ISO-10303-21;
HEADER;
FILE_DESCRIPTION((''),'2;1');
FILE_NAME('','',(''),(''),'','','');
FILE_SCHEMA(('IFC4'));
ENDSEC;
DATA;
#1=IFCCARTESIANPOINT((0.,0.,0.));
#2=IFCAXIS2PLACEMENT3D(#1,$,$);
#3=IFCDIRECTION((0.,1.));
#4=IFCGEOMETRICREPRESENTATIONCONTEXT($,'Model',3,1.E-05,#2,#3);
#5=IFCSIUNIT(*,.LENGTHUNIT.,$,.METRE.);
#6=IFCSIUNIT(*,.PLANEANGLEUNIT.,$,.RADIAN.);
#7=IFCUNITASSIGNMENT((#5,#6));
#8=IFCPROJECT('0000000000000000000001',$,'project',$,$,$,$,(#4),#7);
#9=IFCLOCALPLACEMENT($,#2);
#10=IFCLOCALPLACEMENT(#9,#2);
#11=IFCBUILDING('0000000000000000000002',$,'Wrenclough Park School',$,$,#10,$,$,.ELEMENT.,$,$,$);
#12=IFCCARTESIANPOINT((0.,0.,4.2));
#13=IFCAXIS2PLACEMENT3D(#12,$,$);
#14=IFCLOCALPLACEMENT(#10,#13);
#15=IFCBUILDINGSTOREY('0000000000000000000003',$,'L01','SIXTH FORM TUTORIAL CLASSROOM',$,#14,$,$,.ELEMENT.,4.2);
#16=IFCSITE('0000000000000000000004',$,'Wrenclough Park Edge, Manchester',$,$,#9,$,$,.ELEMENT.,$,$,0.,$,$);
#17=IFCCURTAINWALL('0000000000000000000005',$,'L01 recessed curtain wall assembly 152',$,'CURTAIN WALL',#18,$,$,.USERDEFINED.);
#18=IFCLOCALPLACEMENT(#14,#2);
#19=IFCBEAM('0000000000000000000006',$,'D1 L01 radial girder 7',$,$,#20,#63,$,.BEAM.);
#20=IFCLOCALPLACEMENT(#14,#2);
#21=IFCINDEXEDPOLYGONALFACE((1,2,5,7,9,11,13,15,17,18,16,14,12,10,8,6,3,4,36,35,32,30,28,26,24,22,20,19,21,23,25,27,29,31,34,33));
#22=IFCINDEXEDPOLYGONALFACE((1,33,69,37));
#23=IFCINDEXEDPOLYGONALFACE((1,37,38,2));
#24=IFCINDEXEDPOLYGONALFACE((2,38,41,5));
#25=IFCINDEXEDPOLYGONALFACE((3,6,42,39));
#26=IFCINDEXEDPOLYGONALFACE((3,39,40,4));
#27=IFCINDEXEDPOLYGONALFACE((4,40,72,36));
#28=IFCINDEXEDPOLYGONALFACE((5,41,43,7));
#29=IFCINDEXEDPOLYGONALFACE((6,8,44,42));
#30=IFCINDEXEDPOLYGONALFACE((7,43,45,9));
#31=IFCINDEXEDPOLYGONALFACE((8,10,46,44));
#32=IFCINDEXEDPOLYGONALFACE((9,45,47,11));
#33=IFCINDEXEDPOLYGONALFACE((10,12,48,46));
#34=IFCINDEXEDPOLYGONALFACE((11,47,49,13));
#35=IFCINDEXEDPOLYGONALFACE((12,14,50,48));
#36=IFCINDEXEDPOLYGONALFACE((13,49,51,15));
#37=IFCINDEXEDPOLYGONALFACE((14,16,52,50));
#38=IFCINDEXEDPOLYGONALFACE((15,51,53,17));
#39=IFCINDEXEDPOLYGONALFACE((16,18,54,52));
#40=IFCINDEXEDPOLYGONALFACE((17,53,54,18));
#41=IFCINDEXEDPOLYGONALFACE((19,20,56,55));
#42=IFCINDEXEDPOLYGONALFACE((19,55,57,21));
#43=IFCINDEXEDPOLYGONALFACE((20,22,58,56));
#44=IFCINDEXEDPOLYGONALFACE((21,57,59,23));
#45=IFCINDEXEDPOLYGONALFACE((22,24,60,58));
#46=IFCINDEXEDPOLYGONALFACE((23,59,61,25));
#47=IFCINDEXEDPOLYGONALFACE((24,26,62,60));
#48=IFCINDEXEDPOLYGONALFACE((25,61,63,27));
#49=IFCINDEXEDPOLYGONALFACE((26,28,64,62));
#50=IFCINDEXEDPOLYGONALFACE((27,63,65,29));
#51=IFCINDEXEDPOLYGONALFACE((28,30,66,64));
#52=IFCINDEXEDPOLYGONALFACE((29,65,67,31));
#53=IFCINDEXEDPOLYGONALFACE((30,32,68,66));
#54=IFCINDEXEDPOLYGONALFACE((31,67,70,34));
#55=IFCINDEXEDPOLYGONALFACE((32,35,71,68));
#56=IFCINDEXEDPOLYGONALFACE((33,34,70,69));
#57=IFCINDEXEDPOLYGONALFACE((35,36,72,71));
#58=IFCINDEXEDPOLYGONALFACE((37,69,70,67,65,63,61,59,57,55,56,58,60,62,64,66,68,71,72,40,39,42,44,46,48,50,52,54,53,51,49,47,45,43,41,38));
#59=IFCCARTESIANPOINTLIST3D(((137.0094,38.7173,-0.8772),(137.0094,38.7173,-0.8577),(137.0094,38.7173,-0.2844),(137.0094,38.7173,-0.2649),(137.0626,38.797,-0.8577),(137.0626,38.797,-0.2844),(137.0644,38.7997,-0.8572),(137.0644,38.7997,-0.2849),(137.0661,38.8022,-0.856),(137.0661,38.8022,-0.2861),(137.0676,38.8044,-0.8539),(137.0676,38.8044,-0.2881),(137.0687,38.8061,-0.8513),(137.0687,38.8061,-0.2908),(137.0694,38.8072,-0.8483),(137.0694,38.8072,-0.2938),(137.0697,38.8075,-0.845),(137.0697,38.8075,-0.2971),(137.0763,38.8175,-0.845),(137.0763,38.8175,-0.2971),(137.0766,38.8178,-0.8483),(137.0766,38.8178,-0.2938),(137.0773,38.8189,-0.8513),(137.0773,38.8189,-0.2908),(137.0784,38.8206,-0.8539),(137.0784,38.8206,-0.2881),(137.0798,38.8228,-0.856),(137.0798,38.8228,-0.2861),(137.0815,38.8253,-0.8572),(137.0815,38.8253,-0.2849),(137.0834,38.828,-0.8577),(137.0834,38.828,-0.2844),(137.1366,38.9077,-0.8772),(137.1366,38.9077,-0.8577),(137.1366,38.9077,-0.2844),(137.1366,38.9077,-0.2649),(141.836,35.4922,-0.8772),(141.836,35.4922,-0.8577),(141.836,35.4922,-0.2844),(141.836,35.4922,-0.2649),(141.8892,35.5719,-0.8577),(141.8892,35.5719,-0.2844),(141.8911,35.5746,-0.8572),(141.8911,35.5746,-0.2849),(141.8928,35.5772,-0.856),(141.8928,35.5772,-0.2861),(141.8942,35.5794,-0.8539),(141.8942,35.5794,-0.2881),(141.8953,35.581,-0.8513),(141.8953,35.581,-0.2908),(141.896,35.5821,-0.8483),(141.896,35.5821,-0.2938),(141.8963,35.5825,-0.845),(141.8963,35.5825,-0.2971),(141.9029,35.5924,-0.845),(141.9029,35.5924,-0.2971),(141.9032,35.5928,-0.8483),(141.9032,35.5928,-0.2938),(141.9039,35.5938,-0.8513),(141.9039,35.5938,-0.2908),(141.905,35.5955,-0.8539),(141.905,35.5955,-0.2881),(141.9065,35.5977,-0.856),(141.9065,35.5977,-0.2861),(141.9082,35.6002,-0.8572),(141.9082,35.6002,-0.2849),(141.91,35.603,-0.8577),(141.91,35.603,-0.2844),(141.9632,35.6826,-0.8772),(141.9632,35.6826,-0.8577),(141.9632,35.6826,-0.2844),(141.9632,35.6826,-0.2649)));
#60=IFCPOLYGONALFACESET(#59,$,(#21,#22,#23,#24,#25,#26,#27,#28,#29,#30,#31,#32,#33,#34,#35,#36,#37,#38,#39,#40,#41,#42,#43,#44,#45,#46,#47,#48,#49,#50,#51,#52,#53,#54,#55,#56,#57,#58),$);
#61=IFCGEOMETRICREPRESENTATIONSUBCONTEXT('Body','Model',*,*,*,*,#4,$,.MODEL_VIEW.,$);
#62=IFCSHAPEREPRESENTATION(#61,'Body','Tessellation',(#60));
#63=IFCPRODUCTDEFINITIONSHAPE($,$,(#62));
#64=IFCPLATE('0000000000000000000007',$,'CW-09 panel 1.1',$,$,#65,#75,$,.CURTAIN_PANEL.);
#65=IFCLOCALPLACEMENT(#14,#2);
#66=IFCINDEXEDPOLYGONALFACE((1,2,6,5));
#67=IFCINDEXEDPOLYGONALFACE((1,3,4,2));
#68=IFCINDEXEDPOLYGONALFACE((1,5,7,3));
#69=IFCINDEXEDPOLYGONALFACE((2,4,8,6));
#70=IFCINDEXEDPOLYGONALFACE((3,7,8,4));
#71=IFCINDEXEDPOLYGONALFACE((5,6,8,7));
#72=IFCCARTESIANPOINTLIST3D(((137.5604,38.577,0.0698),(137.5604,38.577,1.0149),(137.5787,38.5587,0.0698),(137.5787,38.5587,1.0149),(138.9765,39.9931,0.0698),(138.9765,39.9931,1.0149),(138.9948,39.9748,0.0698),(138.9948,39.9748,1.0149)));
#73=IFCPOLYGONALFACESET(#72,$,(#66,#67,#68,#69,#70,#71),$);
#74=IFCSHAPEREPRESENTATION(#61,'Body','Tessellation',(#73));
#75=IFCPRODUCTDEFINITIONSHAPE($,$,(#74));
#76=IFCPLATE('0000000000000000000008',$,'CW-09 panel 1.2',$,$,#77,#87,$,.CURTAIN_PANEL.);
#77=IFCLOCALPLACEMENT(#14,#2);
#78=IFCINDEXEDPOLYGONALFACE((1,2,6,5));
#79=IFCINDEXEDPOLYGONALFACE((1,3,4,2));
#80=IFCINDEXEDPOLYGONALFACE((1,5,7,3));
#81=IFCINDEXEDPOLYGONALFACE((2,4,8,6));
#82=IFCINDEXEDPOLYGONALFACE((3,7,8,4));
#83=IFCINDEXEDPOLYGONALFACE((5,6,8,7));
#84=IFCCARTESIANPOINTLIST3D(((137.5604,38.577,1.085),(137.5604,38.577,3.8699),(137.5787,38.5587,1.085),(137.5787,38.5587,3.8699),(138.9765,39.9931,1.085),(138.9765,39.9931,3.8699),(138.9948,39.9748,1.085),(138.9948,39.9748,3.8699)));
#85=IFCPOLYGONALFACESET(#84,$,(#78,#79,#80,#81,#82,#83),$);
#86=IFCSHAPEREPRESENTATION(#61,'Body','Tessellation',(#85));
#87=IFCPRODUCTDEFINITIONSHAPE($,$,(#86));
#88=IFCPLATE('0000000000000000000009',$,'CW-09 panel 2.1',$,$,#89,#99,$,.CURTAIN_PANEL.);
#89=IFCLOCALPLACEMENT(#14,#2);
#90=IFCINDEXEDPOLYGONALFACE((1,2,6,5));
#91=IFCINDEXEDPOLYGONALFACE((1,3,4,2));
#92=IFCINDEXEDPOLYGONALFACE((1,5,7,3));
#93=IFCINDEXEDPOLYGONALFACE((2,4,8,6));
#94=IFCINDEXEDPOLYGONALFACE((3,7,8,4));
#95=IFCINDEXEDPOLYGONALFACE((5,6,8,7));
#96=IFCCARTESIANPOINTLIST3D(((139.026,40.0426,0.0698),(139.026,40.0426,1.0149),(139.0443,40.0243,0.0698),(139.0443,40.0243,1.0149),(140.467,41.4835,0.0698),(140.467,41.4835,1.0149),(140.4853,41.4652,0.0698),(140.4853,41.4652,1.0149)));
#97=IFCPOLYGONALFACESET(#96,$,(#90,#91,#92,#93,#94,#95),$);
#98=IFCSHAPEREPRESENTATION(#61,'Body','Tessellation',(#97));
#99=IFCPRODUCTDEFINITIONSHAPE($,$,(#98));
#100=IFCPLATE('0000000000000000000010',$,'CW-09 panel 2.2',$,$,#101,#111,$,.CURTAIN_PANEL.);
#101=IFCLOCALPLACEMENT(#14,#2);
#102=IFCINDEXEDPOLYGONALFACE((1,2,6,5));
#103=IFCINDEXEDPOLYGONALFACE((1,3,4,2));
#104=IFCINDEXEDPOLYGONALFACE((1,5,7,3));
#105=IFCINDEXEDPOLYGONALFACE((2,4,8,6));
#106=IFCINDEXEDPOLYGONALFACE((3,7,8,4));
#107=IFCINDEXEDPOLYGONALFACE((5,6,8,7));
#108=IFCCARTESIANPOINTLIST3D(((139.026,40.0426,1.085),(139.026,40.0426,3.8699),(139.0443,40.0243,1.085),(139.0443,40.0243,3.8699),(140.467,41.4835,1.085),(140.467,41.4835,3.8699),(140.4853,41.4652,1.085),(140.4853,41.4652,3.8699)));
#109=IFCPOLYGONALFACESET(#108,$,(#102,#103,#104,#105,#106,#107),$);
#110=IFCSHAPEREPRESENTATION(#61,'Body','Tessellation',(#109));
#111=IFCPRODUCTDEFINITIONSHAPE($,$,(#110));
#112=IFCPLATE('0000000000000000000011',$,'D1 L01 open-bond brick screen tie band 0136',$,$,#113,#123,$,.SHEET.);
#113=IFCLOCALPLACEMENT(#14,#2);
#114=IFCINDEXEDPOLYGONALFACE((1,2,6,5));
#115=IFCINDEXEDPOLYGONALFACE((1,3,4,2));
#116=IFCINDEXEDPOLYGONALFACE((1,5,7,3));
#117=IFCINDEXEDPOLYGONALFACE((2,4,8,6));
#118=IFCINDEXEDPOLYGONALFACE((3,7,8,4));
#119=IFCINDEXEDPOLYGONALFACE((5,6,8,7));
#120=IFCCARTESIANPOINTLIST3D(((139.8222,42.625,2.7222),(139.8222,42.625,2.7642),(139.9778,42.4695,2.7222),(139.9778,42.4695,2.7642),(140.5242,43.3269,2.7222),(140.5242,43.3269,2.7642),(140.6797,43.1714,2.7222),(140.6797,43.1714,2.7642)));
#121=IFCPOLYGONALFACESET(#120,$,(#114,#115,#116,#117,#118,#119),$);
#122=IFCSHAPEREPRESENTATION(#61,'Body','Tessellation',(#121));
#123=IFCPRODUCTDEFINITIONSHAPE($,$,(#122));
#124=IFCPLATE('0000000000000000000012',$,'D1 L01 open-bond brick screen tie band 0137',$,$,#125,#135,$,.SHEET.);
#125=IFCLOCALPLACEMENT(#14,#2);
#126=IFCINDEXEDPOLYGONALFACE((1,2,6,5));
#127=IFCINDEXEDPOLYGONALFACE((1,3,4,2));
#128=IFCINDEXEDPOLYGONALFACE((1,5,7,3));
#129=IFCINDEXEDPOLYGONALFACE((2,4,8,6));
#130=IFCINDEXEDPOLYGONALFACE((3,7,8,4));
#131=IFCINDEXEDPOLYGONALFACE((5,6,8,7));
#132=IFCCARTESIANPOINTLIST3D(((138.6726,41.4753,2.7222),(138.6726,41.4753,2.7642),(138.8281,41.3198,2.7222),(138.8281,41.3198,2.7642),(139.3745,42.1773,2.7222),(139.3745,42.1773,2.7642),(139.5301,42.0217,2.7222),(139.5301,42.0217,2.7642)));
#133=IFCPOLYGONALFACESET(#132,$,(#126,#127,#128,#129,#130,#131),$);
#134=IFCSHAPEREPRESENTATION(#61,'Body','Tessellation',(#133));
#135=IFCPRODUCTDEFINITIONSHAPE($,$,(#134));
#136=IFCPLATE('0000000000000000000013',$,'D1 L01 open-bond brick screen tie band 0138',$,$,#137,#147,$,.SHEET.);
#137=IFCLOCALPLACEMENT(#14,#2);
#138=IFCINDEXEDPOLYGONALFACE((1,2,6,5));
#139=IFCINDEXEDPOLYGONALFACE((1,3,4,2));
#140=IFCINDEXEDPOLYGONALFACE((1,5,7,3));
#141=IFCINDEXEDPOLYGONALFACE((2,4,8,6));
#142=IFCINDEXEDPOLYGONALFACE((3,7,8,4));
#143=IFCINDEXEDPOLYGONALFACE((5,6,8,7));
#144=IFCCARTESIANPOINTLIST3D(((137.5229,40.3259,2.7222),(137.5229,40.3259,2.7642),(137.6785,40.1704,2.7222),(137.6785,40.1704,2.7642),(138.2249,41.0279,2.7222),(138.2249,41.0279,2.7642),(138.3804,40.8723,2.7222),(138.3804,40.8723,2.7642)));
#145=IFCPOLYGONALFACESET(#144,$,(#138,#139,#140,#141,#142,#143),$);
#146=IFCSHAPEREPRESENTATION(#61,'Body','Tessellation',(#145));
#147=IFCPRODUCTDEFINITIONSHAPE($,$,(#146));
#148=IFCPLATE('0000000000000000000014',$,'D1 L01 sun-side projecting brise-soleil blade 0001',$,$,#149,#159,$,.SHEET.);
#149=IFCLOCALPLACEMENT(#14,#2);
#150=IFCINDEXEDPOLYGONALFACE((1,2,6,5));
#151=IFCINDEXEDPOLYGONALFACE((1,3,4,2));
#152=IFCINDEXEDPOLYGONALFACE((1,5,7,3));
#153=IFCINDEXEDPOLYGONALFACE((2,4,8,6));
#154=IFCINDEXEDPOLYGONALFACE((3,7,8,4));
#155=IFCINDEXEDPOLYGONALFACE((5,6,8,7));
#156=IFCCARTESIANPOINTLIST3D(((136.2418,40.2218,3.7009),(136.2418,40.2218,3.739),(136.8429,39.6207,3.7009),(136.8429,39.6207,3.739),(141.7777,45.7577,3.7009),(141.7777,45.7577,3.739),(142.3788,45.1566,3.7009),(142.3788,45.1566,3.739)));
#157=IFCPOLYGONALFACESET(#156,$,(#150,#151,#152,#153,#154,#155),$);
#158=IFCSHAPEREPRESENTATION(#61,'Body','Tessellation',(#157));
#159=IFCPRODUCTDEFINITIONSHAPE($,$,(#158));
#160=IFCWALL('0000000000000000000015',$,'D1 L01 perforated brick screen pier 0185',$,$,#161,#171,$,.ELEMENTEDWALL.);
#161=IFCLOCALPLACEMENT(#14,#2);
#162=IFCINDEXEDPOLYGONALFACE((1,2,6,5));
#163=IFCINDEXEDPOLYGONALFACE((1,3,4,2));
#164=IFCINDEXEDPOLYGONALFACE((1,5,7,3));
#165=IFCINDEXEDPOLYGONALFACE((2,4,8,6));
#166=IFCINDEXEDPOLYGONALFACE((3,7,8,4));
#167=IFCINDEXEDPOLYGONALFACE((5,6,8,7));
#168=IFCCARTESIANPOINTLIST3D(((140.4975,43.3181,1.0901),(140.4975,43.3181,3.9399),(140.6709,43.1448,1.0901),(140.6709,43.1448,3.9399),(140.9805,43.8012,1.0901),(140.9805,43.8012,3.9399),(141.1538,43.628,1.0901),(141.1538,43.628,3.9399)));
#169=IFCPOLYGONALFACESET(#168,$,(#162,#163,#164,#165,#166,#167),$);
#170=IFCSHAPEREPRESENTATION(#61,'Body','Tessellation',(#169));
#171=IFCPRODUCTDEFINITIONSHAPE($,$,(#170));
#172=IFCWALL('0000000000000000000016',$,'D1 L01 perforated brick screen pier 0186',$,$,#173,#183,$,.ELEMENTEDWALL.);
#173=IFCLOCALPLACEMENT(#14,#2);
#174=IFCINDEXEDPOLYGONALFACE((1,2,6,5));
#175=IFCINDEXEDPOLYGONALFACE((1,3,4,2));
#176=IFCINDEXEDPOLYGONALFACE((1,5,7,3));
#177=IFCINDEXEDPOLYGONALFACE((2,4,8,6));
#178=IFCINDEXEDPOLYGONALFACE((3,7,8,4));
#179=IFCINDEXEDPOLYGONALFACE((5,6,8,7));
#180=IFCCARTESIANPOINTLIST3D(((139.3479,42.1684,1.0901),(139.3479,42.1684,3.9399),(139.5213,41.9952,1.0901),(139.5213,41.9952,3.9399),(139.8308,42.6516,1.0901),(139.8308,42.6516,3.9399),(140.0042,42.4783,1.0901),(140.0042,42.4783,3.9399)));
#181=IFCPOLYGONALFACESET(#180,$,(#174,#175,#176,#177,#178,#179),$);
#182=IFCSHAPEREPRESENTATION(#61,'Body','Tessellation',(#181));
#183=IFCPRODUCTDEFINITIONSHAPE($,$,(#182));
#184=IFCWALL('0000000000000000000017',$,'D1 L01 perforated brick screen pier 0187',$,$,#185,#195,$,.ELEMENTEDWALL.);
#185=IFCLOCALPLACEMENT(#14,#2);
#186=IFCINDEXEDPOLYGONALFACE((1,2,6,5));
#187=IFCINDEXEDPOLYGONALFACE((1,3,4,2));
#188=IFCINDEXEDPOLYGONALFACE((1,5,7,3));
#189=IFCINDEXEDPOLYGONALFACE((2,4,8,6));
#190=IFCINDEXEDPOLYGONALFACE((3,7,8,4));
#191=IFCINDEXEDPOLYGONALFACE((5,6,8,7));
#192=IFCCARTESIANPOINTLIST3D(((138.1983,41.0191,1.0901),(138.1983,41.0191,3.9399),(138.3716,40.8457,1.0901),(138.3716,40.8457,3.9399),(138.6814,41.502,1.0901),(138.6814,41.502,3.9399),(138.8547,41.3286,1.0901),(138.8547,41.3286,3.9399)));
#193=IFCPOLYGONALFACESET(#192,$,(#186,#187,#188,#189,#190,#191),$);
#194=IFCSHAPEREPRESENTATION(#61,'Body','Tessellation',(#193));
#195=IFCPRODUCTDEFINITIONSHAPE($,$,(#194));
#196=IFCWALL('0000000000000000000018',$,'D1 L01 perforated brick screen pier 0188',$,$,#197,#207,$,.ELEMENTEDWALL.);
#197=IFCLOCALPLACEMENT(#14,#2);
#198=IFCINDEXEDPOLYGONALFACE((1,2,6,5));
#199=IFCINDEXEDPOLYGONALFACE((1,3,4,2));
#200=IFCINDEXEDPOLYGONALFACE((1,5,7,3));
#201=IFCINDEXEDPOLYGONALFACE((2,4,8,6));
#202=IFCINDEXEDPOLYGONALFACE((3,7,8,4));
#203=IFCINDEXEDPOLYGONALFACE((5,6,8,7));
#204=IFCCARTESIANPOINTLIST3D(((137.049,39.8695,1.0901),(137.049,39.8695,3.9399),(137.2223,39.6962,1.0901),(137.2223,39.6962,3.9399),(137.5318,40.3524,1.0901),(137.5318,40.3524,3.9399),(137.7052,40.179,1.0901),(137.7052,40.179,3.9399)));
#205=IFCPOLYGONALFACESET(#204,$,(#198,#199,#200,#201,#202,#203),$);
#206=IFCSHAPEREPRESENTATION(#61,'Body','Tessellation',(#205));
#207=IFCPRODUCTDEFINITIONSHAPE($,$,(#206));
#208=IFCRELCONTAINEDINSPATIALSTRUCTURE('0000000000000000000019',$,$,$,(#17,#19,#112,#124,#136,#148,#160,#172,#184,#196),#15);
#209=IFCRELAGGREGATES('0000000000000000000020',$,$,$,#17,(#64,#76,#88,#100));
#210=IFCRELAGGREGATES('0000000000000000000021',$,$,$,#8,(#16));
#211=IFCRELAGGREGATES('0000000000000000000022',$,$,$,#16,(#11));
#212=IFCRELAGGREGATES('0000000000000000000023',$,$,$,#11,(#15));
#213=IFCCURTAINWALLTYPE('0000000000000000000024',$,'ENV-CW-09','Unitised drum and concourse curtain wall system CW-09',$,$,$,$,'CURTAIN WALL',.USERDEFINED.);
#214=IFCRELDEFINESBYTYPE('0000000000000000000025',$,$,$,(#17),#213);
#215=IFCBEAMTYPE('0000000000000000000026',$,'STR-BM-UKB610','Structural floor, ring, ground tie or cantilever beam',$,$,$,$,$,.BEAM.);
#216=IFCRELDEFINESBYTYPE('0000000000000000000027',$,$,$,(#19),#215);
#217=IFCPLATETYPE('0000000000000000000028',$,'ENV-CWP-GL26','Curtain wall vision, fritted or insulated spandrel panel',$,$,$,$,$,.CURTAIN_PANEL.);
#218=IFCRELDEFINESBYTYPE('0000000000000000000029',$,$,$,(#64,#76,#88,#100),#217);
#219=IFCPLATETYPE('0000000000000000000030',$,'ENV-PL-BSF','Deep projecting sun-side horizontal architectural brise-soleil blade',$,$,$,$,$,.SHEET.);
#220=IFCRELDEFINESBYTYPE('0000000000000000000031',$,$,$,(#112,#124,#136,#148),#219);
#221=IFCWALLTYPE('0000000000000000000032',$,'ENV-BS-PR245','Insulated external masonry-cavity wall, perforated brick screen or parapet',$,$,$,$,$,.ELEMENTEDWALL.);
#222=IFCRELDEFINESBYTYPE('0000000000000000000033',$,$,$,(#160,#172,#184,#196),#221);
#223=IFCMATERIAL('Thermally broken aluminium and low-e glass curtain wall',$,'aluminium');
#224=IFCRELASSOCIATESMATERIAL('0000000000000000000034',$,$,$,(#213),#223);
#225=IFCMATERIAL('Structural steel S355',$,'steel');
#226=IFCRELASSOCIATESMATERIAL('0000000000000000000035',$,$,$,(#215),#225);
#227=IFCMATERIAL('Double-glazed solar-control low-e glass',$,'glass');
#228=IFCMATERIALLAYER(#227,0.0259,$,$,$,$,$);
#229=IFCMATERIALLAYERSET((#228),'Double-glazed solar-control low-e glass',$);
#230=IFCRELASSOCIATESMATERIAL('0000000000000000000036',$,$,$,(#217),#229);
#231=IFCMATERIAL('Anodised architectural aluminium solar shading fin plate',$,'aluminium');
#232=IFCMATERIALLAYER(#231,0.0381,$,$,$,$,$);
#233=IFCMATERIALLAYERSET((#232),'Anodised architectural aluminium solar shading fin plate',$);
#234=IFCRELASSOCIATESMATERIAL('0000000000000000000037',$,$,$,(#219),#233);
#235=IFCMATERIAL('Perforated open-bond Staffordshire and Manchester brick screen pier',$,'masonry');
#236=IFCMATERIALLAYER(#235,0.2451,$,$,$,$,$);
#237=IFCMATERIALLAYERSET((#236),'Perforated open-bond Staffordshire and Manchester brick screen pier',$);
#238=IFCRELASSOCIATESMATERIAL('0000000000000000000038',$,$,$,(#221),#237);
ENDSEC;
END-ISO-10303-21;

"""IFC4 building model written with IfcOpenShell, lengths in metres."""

from ifc_helpers import new_model, si_unit, direction, frame, frame_2d, origin, origin_2d, place, context, subcontext, project, spatial, rectangle, i_section, extrude, material, layer, layer_set, material_profile, profile_set, type_object, element, aggregate, save


model = new_model("IFC4")

# Units and contexts
model_context = context("Model", 3, precision=1e-05, world=origin(), true_north=direction((0.0, 1.0)))
body_context = subcontext(model_context, "Body", "Model", "MODEL_VIEW")
ifc_project = project(units=[si_unit("LENGTHUNIT", "METRE"), si_unit("PLANEANGLEUNIT", "RADIAN")], contexts=[model_context])

# Site, building, storey
site_placement = place(None, origin())
site = spatial("IfcSite", under=ifc_project, at=site_placement, Name="Wrenclough Park Edge, Manchester", CompositionType="ELEMENT", RefElevation=0.0)
building_placement = place(site_placement, origin())
building = spatial("IfcBuilding", under=site, at=building_placement, Name="Wrenclough Park School", CompositionType="ELEMENT")
storey_placement = place(building_placement, frame((0.0, 0.0, 4.2)))
storey = spatial("IfcBuildingStorey", under=building, at=storey_placement, Name="L01", Description="SIXTH FORM TUTORIAL CLASSROOM", CompositionType="ELEMENT", Elevation=4.2)

# Curtain wall
ifc_material_1 = material(Name="Thermally broken aluminium and low-e glass curtain wall", Category="aluminium")
curtain_wall_type = type_object("IfcCurtainWallType", Name="ENV-CW-09", Description="Unitised drum and concourse curtain wall system CW-09", ElementType="CURTAIN WALL", PredefinedType="USERDEFINED", material=ifc_material_1)
curtain_wall_placement = place(storey_placement, origin())
curtain_wall = element("IfcCurtainWall", 1, at=curtain_wall_placement, inside=storey, type_object=curtain_wall_type, Name="L01 recessed curtain wall assembly 152", ObjectType="CURTAIN WALL", PredefinedType="USERDEFINED")

# Beam
ifc_material_2 = material(Name="Structural steel S355", Category="steel")
ifc_material_profile_1 = material_profile(ifc_material_2, i_section(OverallWidth=0.229, OverallDepth=0.6123, WebThickness=0.012, FlangeThickness=0.0195, FilletRadius=0.0127, at=origin_2d()), Name="UKB 610x229x125")
ifc_profile_set_1 = profile_set([ifc_material_profile_1], Name="Structural steel S355")
beam_type_1 = type_object("IfcBeamType", Name="STR-BM-UKB610", Description="Structural floor, ring, ground tie or cantilever beam", PredefinedType="BEAM", material=ifc_profile_set_1)
beam_1_placement = place(storey_placement, frame((137.073, 38.8125, -0.571), z_axis=(0.831468, -0.555573, 0.0), x_axis=(0.555573, 0.831468, 0.0)))
element("IfcBeam", 2, at=beam_1_placement, inside=storey, type_object=beam_type_1, Name="D1 L01 radial girder 7", PredefinedType="BEAM", context=body_context, shape_type="SweptSolid", body=[
    extrude(i_section(OverallWidth=0.229, OverallDepth=0.6123, WebThickness=0.012, FlangeThickness=0.0195, FilletRadius=0.0127, at=origin_2d()), origin(), (0.0, 0.0, 1.0), 5.8049),
])

# Plates
ifc_material_3 = material(Name="Double-glazed solar-control low-e glass", Category="glass")
ifc_layer_1 = layer(ifc_material_3, 0.0259)
ifc_layer_set_1 = layer_set([ifc_layer_1], Name="Double-glazed solar-control low-e glass")
plate_type_1 = type_object("IfcPlateType", Name="ENV-CWP-GL26", Description="Curtain wall vision, fritted or insulated spandrel panel", PredefinedType="CURTAIN_PANEL", material=ifc_layer_set_1)
plate_1_placement = place(storey_placement, frame((138.2776, 39.2759, 0.0698), z_axis=(0.0, 0.0, 1.0), x_axis=(0.707107, 0.707107, 0.0)))
plate_1 = element("IfcPlate", 3, at=plate_1_placement, type_object=plate_type_1, Name="CW-09 panel 1.1", PredefinedType="CURTAIN_PANEL", context=body_context, shape_type="SweptSolid", body=[
    extrude(rectangle(XDim=2.0027, YDim=0.0259, at=origin_2d()), origin(), (0.0, 0.0, 1.0), 0.9451),
])
plate_2_placement = place(storey_placement, frame((138.2776, 39.2759, 1.085), z_axis=(0.0, 0.0, 1.0), x_axis=(0.707107, 0.707107, 0.0)))
plate_2 = element("IfcPlate", 4, at=plate_2_placement, type_object=plate_type_1, Name="CW-09 panel 1.2", PredefinedType="CURTAIN_PANEL", context=body_context, shape_type="SweptSolid", body=[
    extrude(rectangle(XDim=2.0027, YDim=0.0259, at=origin_2d()), origin(), (0.0, 0.0, 1.0), 2.7849),
])
plate_3_placement = place(storey_placement, frame((139.7556, 40.7539, 0.0698), z_axis=(0.0, 0.0, 1.0), x_axis=(0.707107, 0.707107, 0.0)))
plate_3 = element("IfcPlate", 5, at=plate_3_placement, type_object=plate_type_1, Name="CW-09 panel 2.1", PredefinedType="CURTAIN_PANEL", context=body_context, shape_type="SweptSolid", body=[
    extrude(rectangle(XDim=2.0378, YDim=0.0259, at=origin_2d()), origin(), (0.0, 0.0, 1.0), 0.9451),
])
plate_4_placement = place(storey_placement, frame((139.7556, 40.7539, 1.085), z_axis=(0.0, 0.0, 1.0), x_axis=(0.707107, 0.707107, 0.0)))
plate_4 = element("IfcPlate", 6, at=plate_4_placement, type_object=plate_type_1, Name="CW-09 panel 2.2", PredefinedType="CURTAIN_PANEL", context=body_context, shape_type="SweptSolid", body=[
    extrude(rectangle(XDim=2.0378, YDim=0.0259, at=origin_2d()), origin(), (0.0, 0.0, 1.0), 2.7849),
])
aggregate(curtain_wall, [plate_1, plate_2, plate_3, plate_4])

# Plates
ifc_material_4 = material(Name="Anodised architectural aluminium solar shading fin plate", Category="aluminium")
ifc_layer_2 = layer(ifc_material_4, 0.0381)
ifc_layer_set_2 = layer_set([ifc_layer_2], Name="Anodised architectural aluminium solar shading fin plate")
plate_type_2 = type_object("IfcPlateType", Name="ENV-PL-BSF", Description="Deep projecting sun-side horizontal architectural brise-soleil blade", PredefinedType="SHEET", material=ifc_layer_set_2)
for number, where, z_axis, x_axis, name in (
    (7, (140.251, 42.8982, 2.7222), (0.0, 0.0, 1.0), (-0.707107, -0.707107, 0.0), "D1 L01 open-bond brick screen tie band 0136"),
    (8, (139.1013, 41.7485, 2.7222), (0.0, 0.0, 1.0), (-0.707107, -0.707107, 0.0), "D1 L01 open-bond brick screen tie band 0137"),
    (9, (137.9517, 40.5991, 2.7222), (0.0, 0.0, 1.0), (-0.707107, -0.707107, 0.0), "D1 L01 open-bond brick screen tie band 0138"),
):
    element("IfcPlate", number, at=place(storey_placement, frame(where, z_axis=z_axis, x_axis=x_axis)), inside=storey, type_object=plate_type_2, Name=name, PredefinedType="SHEET", context=body_context, shape_type="SweptSolid", body=[
        extrude(rectangle(XDim=0.9927, YDim=0.22, at=origin_2d()), origin(), (0.0, 0.0, 1.0), 0.042),
    ])
plate_5_placement = place(storey_placement, frame((139.3103, 42.6892, 3.7009), z_axis=(0.0, 0.0, 1.0), x_axis=(-0.707107, -0.707107, 0.0)))
element("IfcPlate", 10, at=plate_5_placement, inside=storey, type_object=plate_type_2, Name="D1 L01 sun-side projecting brise-soleil blade 0001", PredefinedType="SHEET", context=body_context, shape_type="SweptSolid", body=[
    extrude(rectangle(XDim=7.8289, YDim=0.8501, at=origin_2d()), origin(), (0.0, 0.0, 1.0), 0.0381),
])

# Walls
ifc_material_5 = material(Name="Perforated open-bond Staffordshire and Manchester brick screen pier", Category="masonry")
ifc_layer_3 = layer(ifc_material_5, 0.2451)
ifc_layer_set_3 = layer_set([ifc_layer_3], Name="Perforated open-bond Staffordshire and Manchester brick screen pier")
wall_type_1 = type_object("IfcWallType", Name="ENV-BS-PR245", Description="Insulated external masonry-cavity wall, perforated brick screen or parapet", PredefinedType="ELEMENTEDWALL", material=ifc_layer_set_3)
for number, where, z_axis, x_axis, name in (
    (11, (141.0671, 43.7146, 1.0901), (0.0, 0.0, 1.0), (-0.706928, -0.707285, 0.0), "D1 L01 perforated brick screen pier 0185"),
    (12, (139.9175, 42.5649, 1.0901), (0.0, 0.0, 1.0), (-0.706928, -0.707285, 0.0), "D1 L01 perforated brick screen pier 0186"),
    (13, (138.7681, 41.4153, 1.0901), (0.0, 0.0, 1.0), (-0.707285, -0.706928, 0.0), "D1 L01 perforated brick screen pier 0187"),
):
    element("IfcWall", number, at=place(storey_placement, frame(where, z_axis=z_axis, x_axis=x_axis)), inside=storey, type_object=wall_type_1, Name=name, PredefinedType="ELEMENTEDWALL", context=body_context, shape_type="SweptSolid", body=[
        extrude(rectangle(XDim=0.6831, YDim=0.2451, at=frame_2d((0.3416, 0.0))), origin(), (0.0, 0.0, 1.0), 2.8499),
    ])
wall_1_placement = place(storey_placement, frame((137.6184, 40.2656, 1.0901), z_axis=(0.0, 0.0, 1.0), x_axis=(-0.707107, -0.707107, 0.0)))
element("IfcWall", 14, at=wall_1_placement, inside=storey, type_object=wall_type_1, Name="D1 L01 perforated brick screen pier 0188", PredefinedType="ELEMENTEDWALL", context=body_context, shape_type="SweptSolid", body=[
    extrude(rectangle(XDim=0.6829, YDim=0.2451, at=frame_2d((0.3413, 0.0))), origin(), (0.0, 0.0, 1.0), 2.8499),
])

save(model, "model.ifc")
